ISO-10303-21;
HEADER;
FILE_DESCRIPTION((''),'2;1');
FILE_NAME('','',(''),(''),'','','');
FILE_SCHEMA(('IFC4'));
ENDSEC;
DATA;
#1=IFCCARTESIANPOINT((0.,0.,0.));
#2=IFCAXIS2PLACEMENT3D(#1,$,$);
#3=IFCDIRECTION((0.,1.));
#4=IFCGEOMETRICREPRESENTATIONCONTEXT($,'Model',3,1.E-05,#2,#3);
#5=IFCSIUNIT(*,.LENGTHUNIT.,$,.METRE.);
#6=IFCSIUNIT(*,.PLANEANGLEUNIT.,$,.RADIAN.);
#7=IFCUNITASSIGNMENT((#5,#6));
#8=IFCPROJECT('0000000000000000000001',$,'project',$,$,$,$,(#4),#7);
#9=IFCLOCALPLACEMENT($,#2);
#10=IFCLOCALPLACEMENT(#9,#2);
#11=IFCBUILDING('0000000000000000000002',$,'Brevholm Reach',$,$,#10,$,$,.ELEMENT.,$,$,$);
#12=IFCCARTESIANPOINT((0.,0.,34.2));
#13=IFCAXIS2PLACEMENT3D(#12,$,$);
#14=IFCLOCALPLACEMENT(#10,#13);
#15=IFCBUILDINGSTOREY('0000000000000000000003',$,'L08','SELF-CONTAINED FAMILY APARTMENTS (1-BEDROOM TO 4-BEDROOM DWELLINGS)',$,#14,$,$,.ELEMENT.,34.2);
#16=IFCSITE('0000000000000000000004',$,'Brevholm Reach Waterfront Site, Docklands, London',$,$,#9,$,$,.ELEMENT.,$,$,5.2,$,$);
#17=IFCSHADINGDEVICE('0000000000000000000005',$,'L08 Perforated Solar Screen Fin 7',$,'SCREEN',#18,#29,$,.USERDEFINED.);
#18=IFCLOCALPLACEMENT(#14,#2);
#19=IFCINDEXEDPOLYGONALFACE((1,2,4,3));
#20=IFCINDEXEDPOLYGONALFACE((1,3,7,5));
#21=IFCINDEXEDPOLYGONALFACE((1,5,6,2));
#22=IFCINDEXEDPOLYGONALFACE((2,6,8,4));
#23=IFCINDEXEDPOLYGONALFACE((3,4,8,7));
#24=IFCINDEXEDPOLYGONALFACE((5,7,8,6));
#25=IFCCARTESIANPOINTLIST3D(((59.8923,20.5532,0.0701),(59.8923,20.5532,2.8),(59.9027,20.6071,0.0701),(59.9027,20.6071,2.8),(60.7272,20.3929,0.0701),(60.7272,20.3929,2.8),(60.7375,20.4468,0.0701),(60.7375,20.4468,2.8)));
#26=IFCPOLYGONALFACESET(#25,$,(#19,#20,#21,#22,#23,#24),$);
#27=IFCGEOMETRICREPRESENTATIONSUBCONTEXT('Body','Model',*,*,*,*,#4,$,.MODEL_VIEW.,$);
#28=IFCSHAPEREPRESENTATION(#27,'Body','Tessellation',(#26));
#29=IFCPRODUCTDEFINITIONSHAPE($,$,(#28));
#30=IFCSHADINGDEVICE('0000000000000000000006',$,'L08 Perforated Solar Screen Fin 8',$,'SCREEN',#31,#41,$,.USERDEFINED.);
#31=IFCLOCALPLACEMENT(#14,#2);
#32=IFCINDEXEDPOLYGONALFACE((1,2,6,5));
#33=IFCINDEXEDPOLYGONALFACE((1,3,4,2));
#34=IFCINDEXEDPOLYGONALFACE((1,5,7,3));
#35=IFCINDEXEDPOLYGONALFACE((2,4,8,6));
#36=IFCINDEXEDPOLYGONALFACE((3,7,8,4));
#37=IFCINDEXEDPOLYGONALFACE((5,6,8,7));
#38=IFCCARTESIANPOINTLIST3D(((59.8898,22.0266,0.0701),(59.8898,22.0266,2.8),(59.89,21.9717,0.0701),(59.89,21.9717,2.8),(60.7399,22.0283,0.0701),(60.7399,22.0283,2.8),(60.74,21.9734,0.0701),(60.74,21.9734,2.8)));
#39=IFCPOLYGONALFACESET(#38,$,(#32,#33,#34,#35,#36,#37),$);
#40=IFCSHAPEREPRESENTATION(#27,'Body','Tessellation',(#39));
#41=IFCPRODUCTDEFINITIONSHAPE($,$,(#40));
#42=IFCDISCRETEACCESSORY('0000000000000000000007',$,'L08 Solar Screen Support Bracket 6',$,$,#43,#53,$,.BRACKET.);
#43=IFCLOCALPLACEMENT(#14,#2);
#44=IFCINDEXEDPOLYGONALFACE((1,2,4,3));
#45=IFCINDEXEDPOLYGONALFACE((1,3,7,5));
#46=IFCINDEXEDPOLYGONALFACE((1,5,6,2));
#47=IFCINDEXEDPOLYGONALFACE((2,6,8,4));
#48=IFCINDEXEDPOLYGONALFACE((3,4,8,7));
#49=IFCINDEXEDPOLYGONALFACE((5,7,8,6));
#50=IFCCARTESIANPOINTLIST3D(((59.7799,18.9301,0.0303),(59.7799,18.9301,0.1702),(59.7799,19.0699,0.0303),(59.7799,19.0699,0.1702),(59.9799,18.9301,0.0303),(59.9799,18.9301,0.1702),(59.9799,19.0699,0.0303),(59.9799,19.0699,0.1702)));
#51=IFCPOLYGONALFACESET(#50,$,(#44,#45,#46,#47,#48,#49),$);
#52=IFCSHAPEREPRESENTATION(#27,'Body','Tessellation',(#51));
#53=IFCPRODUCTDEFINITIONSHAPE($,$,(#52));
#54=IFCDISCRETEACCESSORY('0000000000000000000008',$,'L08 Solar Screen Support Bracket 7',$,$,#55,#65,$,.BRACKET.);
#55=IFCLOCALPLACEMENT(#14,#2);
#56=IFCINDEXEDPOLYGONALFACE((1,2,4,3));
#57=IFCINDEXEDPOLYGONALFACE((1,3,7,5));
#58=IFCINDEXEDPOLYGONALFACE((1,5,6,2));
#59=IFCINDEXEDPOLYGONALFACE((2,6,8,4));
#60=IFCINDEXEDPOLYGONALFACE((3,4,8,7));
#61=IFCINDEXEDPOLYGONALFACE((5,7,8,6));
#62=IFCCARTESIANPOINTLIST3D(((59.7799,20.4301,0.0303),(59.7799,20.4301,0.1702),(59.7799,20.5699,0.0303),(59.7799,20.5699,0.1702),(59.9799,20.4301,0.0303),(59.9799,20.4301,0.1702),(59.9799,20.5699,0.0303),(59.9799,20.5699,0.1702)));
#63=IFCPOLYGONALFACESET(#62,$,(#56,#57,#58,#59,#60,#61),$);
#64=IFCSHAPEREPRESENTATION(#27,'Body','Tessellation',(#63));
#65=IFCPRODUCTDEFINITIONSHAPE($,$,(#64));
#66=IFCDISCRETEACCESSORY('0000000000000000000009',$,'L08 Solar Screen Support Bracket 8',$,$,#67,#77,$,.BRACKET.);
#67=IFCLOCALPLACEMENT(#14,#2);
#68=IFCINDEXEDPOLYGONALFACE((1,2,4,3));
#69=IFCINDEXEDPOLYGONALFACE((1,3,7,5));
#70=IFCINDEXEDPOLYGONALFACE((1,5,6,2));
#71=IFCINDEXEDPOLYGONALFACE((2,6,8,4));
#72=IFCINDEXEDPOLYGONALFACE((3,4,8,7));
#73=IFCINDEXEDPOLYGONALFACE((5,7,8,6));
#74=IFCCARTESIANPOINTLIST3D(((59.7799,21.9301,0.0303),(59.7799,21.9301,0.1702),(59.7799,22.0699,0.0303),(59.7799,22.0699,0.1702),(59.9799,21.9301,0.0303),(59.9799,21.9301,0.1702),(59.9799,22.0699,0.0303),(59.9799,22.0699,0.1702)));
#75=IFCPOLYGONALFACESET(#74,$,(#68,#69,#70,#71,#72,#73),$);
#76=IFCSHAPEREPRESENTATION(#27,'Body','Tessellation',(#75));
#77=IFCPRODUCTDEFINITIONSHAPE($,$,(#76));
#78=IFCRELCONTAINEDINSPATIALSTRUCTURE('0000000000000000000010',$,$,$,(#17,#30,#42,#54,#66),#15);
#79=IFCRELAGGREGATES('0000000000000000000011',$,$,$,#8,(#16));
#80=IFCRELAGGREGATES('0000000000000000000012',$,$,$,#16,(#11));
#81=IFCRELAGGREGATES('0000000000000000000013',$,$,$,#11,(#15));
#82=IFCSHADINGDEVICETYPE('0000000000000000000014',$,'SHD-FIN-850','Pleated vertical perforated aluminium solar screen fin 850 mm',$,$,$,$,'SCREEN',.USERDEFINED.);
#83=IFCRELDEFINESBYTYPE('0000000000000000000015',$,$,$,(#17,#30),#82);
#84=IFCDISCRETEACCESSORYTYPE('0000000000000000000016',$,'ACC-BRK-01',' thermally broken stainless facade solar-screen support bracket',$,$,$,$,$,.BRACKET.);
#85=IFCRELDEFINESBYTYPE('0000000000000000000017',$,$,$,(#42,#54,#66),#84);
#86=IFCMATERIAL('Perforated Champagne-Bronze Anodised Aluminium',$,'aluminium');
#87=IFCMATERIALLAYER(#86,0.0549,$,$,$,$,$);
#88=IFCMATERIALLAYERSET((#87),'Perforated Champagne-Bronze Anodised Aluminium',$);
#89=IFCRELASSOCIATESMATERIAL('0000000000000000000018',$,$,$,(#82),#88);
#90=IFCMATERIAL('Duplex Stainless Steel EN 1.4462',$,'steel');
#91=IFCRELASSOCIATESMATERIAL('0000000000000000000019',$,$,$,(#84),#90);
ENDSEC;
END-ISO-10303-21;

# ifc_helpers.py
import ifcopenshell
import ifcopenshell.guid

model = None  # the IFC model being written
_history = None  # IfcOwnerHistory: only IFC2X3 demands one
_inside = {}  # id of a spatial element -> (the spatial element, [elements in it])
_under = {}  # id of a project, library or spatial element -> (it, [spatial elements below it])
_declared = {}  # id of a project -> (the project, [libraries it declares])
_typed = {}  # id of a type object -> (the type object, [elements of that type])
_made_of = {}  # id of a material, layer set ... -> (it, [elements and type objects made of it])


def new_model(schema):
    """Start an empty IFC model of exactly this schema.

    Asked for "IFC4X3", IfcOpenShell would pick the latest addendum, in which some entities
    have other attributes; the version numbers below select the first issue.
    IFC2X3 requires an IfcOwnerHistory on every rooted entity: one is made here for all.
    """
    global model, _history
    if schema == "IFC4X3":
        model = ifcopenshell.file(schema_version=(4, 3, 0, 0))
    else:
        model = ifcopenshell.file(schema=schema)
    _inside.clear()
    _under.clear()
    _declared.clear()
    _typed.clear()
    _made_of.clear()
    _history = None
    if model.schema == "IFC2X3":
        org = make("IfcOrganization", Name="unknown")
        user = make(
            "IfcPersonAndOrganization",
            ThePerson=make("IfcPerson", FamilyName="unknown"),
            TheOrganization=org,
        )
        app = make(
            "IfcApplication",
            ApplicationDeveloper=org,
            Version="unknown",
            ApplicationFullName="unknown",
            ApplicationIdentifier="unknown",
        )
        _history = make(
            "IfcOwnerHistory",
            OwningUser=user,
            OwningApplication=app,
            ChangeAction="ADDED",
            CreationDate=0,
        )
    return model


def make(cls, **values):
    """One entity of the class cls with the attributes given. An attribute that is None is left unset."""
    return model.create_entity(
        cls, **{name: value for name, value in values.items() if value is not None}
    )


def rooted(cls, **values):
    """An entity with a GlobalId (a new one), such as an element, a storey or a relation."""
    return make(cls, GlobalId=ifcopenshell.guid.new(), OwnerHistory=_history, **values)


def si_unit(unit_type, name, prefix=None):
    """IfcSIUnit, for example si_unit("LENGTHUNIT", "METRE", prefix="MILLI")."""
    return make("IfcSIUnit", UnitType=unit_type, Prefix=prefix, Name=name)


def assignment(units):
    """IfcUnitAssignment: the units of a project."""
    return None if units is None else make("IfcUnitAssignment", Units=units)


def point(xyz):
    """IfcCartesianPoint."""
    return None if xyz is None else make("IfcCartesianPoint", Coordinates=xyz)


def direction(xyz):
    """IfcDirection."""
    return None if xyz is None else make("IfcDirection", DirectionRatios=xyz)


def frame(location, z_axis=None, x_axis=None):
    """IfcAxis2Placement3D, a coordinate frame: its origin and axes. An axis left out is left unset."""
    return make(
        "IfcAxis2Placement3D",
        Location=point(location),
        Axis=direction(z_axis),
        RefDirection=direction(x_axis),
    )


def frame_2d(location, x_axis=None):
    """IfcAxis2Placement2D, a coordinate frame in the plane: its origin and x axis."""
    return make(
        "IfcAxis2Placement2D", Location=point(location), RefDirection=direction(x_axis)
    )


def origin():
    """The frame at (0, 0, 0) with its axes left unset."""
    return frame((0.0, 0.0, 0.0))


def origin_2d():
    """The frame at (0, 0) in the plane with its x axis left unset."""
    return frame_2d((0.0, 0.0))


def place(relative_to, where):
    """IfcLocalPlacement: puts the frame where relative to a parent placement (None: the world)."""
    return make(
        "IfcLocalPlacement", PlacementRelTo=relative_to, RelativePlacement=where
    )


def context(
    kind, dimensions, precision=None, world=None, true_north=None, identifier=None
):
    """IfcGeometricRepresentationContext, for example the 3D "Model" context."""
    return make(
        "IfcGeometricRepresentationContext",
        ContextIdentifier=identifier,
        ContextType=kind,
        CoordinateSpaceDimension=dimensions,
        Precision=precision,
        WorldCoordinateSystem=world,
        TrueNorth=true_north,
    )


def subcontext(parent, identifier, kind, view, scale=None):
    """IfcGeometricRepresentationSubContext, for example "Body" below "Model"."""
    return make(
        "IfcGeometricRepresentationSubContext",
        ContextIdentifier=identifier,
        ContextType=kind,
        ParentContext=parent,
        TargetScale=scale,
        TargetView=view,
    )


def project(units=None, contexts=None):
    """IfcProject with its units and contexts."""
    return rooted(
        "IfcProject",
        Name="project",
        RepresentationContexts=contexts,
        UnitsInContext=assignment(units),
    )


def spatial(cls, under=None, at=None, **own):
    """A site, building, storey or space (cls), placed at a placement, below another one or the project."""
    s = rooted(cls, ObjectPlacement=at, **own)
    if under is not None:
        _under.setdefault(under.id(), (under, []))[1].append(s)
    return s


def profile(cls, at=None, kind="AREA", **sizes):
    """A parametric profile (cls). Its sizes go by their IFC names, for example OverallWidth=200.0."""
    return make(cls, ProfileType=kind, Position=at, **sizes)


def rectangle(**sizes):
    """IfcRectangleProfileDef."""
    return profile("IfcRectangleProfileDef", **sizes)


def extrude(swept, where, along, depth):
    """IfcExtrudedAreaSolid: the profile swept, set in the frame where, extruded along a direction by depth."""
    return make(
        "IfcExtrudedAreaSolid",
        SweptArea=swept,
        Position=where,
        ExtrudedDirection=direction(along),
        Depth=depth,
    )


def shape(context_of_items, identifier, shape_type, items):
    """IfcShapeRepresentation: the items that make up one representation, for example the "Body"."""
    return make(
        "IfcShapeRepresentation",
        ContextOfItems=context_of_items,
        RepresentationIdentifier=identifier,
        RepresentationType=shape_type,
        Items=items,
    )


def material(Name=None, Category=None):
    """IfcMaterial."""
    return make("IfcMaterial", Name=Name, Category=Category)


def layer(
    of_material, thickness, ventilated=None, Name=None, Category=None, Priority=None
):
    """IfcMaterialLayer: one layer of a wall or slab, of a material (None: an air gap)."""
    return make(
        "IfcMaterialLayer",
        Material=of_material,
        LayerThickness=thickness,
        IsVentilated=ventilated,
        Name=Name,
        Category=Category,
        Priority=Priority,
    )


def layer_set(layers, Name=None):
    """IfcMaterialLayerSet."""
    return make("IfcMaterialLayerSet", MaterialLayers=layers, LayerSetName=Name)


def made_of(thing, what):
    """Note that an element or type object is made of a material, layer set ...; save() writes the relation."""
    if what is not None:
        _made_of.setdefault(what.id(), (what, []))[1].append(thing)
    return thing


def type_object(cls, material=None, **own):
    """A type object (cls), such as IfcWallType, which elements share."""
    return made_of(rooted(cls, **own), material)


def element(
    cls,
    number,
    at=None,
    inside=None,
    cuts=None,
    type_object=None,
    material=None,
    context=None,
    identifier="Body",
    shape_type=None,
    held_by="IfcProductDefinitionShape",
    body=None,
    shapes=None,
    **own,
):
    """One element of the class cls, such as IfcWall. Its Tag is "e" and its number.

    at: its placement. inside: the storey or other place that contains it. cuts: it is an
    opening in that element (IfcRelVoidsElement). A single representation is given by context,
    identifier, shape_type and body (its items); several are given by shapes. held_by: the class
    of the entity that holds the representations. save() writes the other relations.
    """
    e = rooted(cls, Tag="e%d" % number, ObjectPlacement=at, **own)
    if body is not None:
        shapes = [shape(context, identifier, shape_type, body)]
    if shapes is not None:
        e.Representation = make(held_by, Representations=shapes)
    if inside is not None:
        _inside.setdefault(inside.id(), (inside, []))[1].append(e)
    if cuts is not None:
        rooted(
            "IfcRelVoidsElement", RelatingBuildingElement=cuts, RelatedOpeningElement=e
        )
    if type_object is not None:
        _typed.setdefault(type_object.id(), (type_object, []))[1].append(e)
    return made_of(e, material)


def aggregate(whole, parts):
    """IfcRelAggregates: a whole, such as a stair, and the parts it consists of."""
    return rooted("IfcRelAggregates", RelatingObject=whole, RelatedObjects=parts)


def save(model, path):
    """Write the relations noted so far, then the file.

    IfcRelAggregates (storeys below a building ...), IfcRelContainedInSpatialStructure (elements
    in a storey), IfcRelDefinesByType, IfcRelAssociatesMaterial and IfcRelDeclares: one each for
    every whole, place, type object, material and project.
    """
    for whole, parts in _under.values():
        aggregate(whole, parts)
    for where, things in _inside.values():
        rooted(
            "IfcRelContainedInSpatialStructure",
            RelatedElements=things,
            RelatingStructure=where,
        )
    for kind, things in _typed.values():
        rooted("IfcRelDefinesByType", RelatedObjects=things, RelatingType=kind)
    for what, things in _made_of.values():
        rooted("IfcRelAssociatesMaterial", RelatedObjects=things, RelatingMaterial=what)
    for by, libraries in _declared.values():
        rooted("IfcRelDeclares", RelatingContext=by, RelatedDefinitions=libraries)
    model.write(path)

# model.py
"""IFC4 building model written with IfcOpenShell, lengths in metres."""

from ifc_helpers import new_model, si_unit, direction, frame, origin, origin_2d, place, context, subcontext, project, spatial, rectangle, extrude, material, layer, layer_set, type_object, element, save


model = new_model("IFC4")

# Units and contexts
model_context = context("Model", 3, precision=1e-05, world=origin(), true_north=direction((0.0, 1.0)))
body_context = subcontext(model_context, "Body", "Model", "MODEL_VIEW")
ifc_project = project(units=[si_unit("LENGTHUNIT", "METRE"), si_unit("PLANEANGLEUNIT", "RADIAN")], contexts=[model_context])

# Site, building, storey
site_placement = place(None, origin())
site = spatial("IfcSite", under=ifc_project, at=site_placement, Name="Brevholm Reach Waterfront Site, Docklands, London", CompositionType="ELEMENT", RefElevation=5.2)
building_placement = place(site_placement, origin())
building = spatial("IfcBuilding", under=site, at=building_placement, Name="Brevholm Reach", CompositionType="ELEMENT")
storey_placement = place(building_placement, frame((0.0, 0.0, 34.2)))
storey = spatial("IfcBuildingStorey", under=building, at=storey_placement, Name="L08", Description="SELF-CONTAINED FAMILY APARTMENTS (1-BEDROOM TO 4-BEDROOM DWELLINGS)", CompositionType="ELEMENT", Elevation=34.2)

# Shading devices
ifc_material_1 = material(Name="Perforated Champagne-Bronze Anodised Aluminium", Category="aluminium")
ifc_layer_1 = layer(ifc_material_1, 0.0549)
ifc_layer_set_1 = layer_set([ifc_layer_1], Name="Perforated Champagne-Bronze Anodised Aluminium")
shading_device_type = type_object("IfcShadingDeviceType", Name="SHD-FIN-850", Description="Pleated vertical perforated aluminium solar screen fin 850 mm", ElementType="SCREEN", PredefinedType="USERDEFINED", material=ifc_layer_set_1)
for number, where, z_axis, x_axis, name in (
    (1, (60.3149, 20.5, 0.0701), (0.0, 0.0, 1.0), (0.982051, -0.188616, 0.0), "L08 Perforated Solar Screen Fin 7"),
    (2, (60.3149, 22.0, 0.0701), (0.0, 0.0, 1.0), (0.999998, 0.002059, 0.0), "L08 Perforated Solar Screen Fin 8"),
):
    element("IfcShadingDevice", number, at=place(storey_placement, frame(where, z_axis=z_axis, x_axis=x_axis)), inside=storey, type_object=shading_device_type, Name=name, ObjectType="SCREEN", PredefinedType="USERDEFINED", context=body_context, shape_type="SweptSolid", body=[
        extrude(rectangle(XDim=0.8501, YDim=0.0549, at=origin_2d()), origin(), (0.0, 0.0, 1.0), 2.73),
    ])

# Discrete accessories
ifc_material_2 = material(Name="Duplex Stainless Steel EN 1.4462", Category="steel")
discrete_accessory_type = type_object("IfcDiscreteAccessoryType", Name="ACC-BRK-01", Description=" thermally broken stainless facade solar-screen support bracket", PredefinedType="BRACKET", material=ifc_material_2)
for number, where, z_axis, x_axis, name in (
    (3, (59.8799, 19.0, 0.0303), (0.0, 0.0, 1.0), (1.0, 0.0, 0.0), "L08 Solar Screen Support Bracket 6"),
    (4, (59.8799, 20.5, 0.0303), (0.0, 0.0, 1.0), (1.0, 0.0, 0.0), "L08 Solar Screen Support Bracket 7"),
    (5, (59.8799, 22.0, 0.0303), (0.0, 0.0, 1.0), (1.0, 0.0, 0.0), "L08 Solar Screen Support Bracket 8"),
):
    element("IfcDiscreteAccessory", number, at=place(storey_placement, frame(where, z_axis=z_axis, x_axis=x_axis)), inside=storey, type_object=discrete_accessory_type, Name=name, PredefinedType="BRACKET", context=body_context, shape_type="SweptSolid", body=[
        extrude(rectangle(XDim=0.2, YDim=0.1399, at=origin_2d()), origin(), (0.0, 0.0, 1.0), 0.1399),
    ])

save(model, "model.ifc")
